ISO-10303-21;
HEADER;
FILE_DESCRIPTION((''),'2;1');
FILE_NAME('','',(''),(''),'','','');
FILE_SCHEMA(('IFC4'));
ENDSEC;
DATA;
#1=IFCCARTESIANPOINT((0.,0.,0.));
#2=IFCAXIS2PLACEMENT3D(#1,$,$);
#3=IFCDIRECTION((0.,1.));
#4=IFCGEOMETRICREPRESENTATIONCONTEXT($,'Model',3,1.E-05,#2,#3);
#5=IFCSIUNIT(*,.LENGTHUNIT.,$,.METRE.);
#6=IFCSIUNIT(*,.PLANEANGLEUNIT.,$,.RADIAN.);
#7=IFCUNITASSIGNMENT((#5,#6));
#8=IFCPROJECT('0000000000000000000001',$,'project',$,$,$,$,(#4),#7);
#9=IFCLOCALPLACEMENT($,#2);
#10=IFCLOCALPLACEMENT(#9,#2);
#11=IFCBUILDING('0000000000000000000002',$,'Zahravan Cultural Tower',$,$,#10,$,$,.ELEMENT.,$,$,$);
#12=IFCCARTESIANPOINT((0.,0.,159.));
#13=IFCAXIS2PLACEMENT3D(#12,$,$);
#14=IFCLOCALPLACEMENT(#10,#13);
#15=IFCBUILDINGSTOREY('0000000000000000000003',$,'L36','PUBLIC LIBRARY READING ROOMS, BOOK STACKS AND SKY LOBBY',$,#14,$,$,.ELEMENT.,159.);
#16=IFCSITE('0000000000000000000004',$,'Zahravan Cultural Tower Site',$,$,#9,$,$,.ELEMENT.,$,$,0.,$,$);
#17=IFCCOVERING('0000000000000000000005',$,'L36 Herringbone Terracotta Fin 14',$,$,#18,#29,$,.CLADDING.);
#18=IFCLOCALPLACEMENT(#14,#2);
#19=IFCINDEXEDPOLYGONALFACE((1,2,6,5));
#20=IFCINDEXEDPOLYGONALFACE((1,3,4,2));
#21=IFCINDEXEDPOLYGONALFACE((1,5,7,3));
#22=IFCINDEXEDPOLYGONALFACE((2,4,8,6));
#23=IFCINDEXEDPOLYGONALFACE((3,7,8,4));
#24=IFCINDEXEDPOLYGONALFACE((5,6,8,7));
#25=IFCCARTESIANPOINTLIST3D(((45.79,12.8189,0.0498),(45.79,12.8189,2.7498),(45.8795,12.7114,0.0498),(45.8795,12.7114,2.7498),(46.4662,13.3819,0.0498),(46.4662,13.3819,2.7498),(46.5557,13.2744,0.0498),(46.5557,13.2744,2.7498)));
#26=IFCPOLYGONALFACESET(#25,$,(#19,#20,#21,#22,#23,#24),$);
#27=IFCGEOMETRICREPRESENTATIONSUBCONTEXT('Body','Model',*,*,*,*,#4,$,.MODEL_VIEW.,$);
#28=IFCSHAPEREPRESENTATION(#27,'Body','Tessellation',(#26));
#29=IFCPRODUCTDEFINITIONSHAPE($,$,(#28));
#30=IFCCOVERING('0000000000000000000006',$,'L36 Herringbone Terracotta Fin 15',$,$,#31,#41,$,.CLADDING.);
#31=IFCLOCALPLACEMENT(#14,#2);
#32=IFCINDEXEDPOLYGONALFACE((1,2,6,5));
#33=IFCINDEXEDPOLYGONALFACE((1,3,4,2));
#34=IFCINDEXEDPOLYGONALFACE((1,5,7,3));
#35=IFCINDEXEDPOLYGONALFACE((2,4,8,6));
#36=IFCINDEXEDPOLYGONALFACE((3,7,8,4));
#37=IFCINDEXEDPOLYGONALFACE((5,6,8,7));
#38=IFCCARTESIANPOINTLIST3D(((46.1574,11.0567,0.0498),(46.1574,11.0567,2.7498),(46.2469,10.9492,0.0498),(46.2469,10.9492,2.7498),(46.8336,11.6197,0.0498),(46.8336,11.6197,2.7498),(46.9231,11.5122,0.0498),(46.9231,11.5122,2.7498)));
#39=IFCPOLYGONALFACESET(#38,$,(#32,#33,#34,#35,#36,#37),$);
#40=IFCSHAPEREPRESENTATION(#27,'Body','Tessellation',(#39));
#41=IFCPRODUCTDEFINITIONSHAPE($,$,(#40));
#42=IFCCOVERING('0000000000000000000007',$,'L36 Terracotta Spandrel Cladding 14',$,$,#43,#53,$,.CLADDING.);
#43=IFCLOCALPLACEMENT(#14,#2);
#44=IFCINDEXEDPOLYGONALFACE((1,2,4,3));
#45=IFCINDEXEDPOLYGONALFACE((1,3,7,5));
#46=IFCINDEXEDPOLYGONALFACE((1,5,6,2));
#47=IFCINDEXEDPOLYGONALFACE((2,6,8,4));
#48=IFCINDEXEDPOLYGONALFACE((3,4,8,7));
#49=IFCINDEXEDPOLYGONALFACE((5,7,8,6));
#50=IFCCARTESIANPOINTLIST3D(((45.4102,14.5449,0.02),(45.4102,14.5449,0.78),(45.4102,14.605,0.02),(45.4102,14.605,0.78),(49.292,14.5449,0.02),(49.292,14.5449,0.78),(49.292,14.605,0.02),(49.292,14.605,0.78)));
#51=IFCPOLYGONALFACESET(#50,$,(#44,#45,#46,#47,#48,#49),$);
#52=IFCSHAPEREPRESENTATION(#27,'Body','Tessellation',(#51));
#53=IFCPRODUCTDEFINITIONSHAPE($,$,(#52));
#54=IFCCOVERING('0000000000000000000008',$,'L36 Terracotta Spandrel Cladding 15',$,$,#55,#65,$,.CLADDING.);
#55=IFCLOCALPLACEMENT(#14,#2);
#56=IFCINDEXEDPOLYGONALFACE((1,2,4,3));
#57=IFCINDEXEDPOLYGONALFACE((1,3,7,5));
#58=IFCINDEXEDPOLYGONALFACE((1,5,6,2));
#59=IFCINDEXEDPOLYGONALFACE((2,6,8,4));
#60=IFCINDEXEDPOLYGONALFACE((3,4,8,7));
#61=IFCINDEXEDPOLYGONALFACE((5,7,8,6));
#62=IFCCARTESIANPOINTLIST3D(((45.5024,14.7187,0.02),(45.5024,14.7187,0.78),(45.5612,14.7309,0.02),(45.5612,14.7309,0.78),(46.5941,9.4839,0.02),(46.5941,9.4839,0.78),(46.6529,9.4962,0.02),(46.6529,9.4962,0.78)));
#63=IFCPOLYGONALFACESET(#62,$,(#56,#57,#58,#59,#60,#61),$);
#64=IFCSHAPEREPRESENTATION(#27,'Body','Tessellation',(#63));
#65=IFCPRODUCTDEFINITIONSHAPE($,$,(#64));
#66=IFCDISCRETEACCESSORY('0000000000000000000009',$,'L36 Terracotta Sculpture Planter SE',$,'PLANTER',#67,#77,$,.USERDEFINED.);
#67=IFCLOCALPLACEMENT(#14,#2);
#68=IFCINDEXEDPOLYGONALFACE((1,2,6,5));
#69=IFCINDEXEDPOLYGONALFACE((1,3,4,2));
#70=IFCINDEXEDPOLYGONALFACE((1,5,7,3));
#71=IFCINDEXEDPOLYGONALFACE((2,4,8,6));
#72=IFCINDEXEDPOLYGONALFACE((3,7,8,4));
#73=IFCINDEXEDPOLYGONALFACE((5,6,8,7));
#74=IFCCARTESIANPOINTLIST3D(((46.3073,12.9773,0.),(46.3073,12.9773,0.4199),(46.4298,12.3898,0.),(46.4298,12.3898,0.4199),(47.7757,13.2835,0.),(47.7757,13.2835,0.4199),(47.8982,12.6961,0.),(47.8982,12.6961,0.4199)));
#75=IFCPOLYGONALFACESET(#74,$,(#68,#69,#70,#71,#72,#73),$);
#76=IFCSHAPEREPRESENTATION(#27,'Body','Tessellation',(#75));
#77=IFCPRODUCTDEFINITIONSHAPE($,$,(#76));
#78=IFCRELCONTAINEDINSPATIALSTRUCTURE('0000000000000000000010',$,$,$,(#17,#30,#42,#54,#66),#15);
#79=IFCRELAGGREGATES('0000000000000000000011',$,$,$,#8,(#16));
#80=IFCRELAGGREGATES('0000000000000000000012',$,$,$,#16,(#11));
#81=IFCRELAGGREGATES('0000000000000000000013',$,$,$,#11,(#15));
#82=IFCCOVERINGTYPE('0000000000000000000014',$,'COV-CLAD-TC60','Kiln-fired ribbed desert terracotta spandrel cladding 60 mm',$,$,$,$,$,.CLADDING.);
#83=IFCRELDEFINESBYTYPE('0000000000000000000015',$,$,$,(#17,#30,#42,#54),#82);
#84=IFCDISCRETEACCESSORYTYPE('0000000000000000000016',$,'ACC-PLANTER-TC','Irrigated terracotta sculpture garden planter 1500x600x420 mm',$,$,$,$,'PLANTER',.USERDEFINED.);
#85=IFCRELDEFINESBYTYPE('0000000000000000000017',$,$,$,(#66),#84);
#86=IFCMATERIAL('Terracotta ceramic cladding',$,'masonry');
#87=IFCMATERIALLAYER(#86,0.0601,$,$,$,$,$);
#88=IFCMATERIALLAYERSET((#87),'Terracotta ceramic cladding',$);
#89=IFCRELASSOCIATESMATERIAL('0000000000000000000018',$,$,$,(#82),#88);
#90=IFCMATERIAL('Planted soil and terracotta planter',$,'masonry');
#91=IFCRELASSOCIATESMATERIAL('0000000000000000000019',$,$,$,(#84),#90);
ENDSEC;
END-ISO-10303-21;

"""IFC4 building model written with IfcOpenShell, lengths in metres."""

from ifc_helpers import new_model, si_unit, direction, frame, origin, origin_2d, place, context, subcontext, project, spatial, rectangle, extrude, source, transform, mapped, material, layer, layer_set, type_object, element, save


model = new_model("IFC4")

# Units and contexts
model_context = context("Model", 3, precision=1e-05, world=origin(), true_north=direction((0.0, 1.0)))
body_context = subcontext(model_context, "Body", "Model", "MODEL_VIEW")
ifc_project = project(units=[si_unit("LENGTHUNIT", "METRE"), si_unit("PLANEANGLEUNIT", "RADIAN")], contexts=[model_context])

# Site, building, storey
site_placement = place(None, origin())
site = spatial("IfcSite", under=ifc_project, at=site_placement, Name="Zahravan Cultural Tower Site", CompositionType="ELEMENT", RefElevation=0.0)
building_placement = place(site_placement, origin())
building = spatial("IfcBuilding", under=site, at=building_placement, Name="Zahravan Cultural Tower", CompositionType="ELEMENT")
storey_placement = place(building_placement, frame((0.0, 0.0, 159.0)))
storey = spatial("IfcBuildingStorey", under=building, at=storey_placement, Name="L36", Description="PUBLIC LIBRARY READING ROOMS, BOOK STACKS AND SKY LOBBY", CompositionType="ELEMENT", Elevation=159.0)

# Coverings
ifc_material_1 = material(Name="Terracotta ceramic cladding", Category="masonry")
ifc_layer_1 = layer(ifc_material_1, 0.0601)
ifc_layer_set_1 = layer_set([ifc_layer_1], Name="Terracotta ceramic cladding")
covering_type = type_object("IfcCoveringType", Name="COV-CLAD-TC60", Description="Kiln-fired ribbed desert terracotta spandrel cladding 60 mm", PredefinedType="CLADDING", material=ifc_layer_set_1)
shared_shape_1 = source(origin(), body_context, "Body", "SweptSolid", [
    extrude(rectangle(XDim=0.8799, YDim=0.1399, at=origin_2d()), origin(), (0.0, 0.0, 1.0), 2.7),
])
for number, where, z_axis, x_axis, name in (
    (1, (46.1729, 13.0466, 0.0498), (0.0, 0.0, 1.0), (0.768507, 0.639841, 0.0), "L36 Herringbone Terracotta Fin 14"),
    (2, (46.5403, 11.2844, 0.0498), (0.0, 0.0, 1.0), (0.768507, 0.639841, 0.0), "L36 Herringbone Terracotta Fin 15"),
):
    element("IfcCovering", number, at=place(storey_placement, frame(where, z_axis=z_axis, x_axis=x_axis)), inside=storey, type_object=covering_type, Name=name, PredefinedType="CLADDING", context=body_context, shape_type="MappedRepresentation", body=[
        mapped(shared_shape_1, transform((0.0, 0.0, 0.0), x_axis=(1.0, 0.0, 0.0), y_axis=(0.0, 1.0, 0.0), z_axis=(0.0, 0.0, 1.0), scale=1.0)),
    ])
shared_shape_2 = source(origin(), body_context, "Body", "SweptSolid", [
    extrude(rectangle(XDim=3.8818, YDim=0.0601, at=origin_2d()), origin(), (0.0, 0.0, 1.0), 0.76),
])
covering_1_placement = place(storey_placement, frame((47.3511, 14.575, 0.02), z_axis=(0.0, 0.0, 1.0), x_axis=(-1.0, 0.0, 0.0)))
element("IfcCovering", 3, at=covering_1_placement, inside=storey, type_object=covering_type, Name="L36 Terracotta Spandrel Cladding 14", PredefinedType="CLADDING", context=body_context, shape_type="MappedRepresentation", body=[
    mapped(shared_shape_2, transform((0.0, 0.0, 0.0), x_axis=(1.0, 0.0, 0.0), y_axis=(0.0, 1.0, 0.0), z_axis=(0.0, 0.0, 1.0), scale=1.0)),
])
shared_shape_3 = source(origin(), body_context, "Body", "SweptSolid", [
    extrude(rectangle(XDim=5.3474, YDim=0.0601, at=origin_2d()), origin(), (0.0, 0.0, 1.0), 0.76),
])
covering_2_placement = place(storey_placement, frame((46.0776, 12.1074, 0.02), z_axis=(0.0, 0.0, 1.0), x_axis=(0.204154, -0.978939, 0.0)))
element("IfcCovering", 4, at=covering_2_placement, inside=storey, type_object=covering_type, Name="L36 Terracotta Spandrel Cladding 15", PredefinedType="CLADDING", context=body_context, shape_type="MappedRepresentation", body=[
    mapped(shared_shape_3, transform((0.0, 0.0, 0.0), x_axis=(1.0, 0.0, 0.0), y_axis=(0.0, 1.0, 0.0), z_axis=(0.0, 0.0, 1.0), scale=1.0)),
])

# Discrete accessory
ifc_material_2 = material(Name="Planted soil and terracotta planter", Category="masonry")
discrete_accessory_type = type_object("IfcDiscreteAccessoryType", Name="ACC-PLANTER-TC", Description="Irrigated terracotta sculpture garden planter 1500x600x420 mm", ElementType="PLANTER", PredefinedType="USERDEFINED", material=ifc_material_2)
shared_shape_4 = source(origin(), body_context, "Body", "SweptSolid", [
    extrude(rectangle(XDim=1.5, YDim=0.6001, at=origin_2d()), origin(), (0.0, 0.0, 1.0), 0.4199),
])
discrete_accessory_placement = place(storey_placement, frame((47.1028, 12.8367, 0.0), z_axis=(0.0, 0.0, 1.0), x_axis=(0.978939, 0.204154, 0.0)))
element("IfcDiscreteAccessory", 5, at=discrete_accessory_placement, inside=storey, type_object=discrete_accessory_type, Name="L36 Terracotta Sculpture Planter SE", ObjectType="PLANTER", PredefinedType="USERDEFINED", context=body_context, shape_type="MappedRepresentation", body=[
    mapped(shared_shape_4, transform((0.0, 0.0, 0.0), x_axis=(1.0, 0.0, 0.0), y_axis=(0.0, 1.0, 0.0), z_axis=(0.0, 0.0, 1.0), scale=1.0)),
])

save(model, "model.ifc")
